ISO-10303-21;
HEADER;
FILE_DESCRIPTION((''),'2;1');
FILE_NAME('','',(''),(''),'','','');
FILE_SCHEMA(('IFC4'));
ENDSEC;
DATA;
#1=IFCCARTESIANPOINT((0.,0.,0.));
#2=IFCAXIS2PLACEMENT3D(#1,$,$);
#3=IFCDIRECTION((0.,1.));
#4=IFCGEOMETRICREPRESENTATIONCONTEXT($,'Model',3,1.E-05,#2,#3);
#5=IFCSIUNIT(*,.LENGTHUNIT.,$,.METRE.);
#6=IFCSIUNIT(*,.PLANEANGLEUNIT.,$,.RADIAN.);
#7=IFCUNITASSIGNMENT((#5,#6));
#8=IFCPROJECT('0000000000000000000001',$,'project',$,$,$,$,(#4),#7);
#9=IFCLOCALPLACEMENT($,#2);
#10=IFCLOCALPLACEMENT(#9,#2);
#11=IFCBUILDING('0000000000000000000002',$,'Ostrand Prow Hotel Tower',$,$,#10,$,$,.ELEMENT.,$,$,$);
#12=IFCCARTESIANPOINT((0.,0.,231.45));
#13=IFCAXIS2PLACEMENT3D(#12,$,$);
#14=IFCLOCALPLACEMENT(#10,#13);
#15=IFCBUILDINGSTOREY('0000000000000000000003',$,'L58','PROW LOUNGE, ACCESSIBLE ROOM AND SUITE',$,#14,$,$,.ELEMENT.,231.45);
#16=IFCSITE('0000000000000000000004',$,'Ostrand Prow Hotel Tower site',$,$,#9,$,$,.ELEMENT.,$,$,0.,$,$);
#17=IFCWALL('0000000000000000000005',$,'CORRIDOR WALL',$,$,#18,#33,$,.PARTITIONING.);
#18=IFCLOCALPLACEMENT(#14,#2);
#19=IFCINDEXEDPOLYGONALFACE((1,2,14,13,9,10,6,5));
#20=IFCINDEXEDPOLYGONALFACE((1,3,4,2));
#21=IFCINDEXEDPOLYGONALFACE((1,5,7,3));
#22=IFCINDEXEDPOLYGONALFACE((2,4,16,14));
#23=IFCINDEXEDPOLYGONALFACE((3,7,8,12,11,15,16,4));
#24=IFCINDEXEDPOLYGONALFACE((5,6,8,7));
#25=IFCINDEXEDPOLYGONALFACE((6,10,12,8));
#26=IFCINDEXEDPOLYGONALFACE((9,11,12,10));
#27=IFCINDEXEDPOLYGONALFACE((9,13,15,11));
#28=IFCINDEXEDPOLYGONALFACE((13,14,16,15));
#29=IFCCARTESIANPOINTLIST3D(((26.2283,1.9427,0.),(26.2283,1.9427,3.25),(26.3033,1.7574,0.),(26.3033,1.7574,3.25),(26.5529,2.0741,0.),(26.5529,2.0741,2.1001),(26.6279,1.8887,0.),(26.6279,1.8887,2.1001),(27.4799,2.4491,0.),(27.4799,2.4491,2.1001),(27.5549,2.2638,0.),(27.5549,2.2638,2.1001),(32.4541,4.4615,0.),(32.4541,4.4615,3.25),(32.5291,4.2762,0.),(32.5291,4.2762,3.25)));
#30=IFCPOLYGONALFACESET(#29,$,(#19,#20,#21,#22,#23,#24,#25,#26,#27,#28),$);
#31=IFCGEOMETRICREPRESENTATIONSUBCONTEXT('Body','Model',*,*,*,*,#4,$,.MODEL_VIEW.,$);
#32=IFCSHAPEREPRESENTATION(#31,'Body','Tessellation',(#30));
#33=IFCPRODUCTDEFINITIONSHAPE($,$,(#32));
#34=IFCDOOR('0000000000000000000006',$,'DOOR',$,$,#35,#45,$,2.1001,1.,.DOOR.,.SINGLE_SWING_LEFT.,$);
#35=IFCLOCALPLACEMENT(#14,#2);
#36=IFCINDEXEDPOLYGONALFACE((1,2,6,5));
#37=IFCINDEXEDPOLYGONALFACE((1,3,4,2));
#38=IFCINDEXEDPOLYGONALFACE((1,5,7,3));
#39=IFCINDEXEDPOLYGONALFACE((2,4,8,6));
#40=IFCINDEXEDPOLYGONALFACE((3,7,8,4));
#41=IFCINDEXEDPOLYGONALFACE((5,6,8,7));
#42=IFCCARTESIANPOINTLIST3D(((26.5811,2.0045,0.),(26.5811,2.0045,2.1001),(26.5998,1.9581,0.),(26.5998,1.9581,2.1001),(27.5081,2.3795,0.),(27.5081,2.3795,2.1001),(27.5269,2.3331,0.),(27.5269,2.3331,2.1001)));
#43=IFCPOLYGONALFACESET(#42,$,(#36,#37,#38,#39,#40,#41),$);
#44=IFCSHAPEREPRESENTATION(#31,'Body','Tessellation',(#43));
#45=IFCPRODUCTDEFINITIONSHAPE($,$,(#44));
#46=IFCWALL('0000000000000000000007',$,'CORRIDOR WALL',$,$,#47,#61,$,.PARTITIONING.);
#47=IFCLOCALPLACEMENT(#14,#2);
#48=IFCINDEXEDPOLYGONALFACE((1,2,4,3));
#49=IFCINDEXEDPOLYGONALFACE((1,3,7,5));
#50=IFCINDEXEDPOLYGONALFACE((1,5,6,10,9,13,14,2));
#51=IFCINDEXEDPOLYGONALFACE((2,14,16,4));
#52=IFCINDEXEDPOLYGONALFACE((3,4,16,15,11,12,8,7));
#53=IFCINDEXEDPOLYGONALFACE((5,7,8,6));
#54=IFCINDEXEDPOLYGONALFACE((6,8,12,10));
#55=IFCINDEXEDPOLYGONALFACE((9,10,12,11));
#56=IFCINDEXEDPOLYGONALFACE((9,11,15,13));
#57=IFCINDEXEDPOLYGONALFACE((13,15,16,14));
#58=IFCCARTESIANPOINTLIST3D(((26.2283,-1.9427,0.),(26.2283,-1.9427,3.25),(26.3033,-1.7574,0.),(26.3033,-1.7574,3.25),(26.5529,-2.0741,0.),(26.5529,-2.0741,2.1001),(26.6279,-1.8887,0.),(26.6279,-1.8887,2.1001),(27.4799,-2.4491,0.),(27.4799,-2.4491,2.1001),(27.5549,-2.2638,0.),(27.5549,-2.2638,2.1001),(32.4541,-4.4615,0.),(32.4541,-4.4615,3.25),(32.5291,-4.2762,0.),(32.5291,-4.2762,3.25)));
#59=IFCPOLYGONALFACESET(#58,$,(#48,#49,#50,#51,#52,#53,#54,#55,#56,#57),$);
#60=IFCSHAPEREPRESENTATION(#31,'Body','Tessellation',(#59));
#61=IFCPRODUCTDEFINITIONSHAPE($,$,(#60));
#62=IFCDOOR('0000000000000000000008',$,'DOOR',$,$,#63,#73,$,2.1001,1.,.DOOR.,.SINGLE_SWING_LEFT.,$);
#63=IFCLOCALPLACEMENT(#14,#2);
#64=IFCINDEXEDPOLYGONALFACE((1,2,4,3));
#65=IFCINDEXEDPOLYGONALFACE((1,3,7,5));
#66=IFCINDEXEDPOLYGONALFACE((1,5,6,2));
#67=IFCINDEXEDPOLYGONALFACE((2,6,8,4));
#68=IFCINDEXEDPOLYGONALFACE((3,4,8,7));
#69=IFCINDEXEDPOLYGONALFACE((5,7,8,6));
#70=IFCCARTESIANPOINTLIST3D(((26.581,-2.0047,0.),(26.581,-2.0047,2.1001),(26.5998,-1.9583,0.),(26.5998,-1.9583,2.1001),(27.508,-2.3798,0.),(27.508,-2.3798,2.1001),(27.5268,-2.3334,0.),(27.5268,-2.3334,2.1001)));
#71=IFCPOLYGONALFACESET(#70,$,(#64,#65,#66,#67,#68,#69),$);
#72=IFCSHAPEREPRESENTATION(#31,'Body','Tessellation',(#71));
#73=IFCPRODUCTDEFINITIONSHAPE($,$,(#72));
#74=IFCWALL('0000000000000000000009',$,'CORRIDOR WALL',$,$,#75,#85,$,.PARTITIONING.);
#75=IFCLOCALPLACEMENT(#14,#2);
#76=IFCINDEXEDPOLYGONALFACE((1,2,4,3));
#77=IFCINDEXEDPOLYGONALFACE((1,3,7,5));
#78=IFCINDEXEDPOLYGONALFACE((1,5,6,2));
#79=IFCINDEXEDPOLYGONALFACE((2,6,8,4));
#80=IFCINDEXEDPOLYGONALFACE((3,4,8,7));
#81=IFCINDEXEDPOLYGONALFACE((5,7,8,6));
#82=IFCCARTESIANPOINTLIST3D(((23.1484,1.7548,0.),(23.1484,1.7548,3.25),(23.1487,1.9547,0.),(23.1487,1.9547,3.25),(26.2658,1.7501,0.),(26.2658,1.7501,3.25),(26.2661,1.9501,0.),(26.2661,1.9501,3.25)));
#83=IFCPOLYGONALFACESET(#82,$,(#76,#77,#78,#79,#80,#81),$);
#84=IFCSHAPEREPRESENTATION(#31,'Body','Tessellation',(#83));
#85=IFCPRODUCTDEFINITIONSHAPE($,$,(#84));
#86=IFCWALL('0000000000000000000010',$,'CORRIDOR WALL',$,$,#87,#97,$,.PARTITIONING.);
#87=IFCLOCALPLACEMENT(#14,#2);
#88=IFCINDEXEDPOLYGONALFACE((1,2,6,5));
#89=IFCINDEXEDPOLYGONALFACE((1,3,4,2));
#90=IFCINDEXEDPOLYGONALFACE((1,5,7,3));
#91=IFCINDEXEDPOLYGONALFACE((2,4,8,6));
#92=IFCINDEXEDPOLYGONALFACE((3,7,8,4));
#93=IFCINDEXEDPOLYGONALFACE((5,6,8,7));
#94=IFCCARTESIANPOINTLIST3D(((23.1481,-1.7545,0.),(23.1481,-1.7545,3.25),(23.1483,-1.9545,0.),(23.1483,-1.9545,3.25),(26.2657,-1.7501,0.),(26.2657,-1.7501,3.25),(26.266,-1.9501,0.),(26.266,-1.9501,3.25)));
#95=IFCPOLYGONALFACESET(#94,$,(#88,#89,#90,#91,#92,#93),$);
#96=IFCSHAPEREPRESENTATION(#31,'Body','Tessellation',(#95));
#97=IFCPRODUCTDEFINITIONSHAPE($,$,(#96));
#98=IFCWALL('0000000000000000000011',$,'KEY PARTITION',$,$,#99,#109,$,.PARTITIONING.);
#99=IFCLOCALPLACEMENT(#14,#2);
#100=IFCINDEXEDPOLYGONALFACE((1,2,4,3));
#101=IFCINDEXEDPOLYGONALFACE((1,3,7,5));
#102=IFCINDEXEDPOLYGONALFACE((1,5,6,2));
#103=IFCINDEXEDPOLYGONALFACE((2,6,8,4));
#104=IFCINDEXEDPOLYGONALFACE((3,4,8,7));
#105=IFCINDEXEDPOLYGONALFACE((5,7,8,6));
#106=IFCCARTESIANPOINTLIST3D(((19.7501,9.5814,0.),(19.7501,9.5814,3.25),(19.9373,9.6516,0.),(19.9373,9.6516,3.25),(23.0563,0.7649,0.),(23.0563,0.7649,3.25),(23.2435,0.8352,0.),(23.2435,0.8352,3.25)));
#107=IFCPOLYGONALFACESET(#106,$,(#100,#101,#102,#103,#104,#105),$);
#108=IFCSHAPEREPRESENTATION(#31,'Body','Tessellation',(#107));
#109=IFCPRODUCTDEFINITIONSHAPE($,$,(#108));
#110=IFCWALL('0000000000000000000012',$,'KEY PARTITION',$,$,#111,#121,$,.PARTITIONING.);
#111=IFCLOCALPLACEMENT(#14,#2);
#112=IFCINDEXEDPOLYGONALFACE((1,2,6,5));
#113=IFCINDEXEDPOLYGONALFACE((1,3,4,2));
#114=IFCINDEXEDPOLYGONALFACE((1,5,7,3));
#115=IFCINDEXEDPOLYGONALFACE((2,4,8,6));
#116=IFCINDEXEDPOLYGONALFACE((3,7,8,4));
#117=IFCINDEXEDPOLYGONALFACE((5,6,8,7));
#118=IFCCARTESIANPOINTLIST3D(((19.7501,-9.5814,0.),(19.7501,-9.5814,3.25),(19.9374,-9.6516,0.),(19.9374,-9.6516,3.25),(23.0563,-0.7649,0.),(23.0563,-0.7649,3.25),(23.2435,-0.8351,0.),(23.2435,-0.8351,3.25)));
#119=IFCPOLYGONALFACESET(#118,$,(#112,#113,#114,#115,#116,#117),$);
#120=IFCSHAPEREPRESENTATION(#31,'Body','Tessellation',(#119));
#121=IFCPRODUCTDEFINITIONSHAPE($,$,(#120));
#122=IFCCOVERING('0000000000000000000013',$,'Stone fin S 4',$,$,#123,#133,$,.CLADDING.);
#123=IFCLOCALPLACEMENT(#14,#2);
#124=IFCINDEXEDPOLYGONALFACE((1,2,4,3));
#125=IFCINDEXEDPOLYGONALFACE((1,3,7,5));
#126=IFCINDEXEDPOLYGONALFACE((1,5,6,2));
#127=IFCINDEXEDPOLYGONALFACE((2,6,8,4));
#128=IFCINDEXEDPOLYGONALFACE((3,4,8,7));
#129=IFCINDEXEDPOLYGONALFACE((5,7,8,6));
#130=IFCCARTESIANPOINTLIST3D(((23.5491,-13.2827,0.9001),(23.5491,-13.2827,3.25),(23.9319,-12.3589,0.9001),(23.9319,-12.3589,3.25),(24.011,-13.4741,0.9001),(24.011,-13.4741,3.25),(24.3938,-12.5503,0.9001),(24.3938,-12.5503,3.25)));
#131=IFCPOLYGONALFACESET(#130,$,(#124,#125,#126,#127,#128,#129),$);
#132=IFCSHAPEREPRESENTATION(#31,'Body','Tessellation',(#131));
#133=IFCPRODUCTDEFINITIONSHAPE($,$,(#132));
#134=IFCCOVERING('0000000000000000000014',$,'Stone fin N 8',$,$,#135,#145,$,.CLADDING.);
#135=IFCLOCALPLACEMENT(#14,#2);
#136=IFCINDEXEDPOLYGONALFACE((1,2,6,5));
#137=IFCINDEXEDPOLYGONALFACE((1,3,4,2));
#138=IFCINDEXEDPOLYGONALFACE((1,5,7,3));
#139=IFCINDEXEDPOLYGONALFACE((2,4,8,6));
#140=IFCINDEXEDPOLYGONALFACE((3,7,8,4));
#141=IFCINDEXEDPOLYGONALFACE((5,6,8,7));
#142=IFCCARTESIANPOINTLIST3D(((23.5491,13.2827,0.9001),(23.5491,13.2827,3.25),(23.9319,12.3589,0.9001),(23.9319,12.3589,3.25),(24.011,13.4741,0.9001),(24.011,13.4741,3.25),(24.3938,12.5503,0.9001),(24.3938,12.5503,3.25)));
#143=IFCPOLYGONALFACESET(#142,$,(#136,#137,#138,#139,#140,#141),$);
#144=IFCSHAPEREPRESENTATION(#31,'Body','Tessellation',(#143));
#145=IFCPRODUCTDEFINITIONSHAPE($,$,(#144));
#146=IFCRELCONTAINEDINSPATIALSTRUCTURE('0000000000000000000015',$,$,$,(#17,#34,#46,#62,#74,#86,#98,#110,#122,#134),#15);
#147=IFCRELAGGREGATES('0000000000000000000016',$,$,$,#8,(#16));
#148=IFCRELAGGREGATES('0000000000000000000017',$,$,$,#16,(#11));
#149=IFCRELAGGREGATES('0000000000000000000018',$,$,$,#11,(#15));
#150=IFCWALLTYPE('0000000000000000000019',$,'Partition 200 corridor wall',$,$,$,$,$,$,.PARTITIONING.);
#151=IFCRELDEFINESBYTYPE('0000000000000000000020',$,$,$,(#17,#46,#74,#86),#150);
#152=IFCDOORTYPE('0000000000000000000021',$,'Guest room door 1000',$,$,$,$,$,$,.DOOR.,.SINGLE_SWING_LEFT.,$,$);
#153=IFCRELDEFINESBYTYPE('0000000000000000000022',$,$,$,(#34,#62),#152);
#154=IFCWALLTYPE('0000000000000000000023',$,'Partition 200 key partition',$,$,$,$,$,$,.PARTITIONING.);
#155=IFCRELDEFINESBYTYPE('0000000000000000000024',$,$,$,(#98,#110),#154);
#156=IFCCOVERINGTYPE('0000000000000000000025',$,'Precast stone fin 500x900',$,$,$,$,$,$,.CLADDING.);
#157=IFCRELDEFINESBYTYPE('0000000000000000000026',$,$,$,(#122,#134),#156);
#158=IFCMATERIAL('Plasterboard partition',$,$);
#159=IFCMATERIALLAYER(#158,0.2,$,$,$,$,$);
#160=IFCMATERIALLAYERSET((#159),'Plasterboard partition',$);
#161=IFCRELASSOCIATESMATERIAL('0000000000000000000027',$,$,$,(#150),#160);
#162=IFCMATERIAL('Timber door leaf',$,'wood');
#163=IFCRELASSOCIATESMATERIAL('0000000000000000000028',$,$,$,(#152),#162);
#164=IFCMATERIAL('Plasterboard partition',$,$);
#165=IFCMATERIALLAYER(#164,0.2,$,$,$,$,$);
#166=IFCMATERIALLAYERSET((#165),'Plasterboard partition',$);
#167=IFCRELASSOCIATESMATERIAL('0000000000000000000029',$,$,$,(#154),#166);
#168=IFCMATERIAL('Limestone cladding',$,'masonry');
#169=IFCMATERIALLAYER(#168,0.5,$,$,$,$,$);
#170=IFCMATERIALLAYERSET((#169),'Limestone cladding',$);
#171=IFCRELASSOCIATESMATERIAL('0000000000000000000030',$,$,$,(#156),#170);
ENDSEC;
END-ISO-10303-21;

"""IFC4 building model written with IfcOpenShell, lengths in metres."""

from ifc_helpers import new_model, si_unit, direction, frame, frame_2d, origin, place, context, subcontext, project, spatial, rectangle, extrude, material, layer, layer_set, type_object, element, fill, save


model = new_model("IFC4")

# Units and contexts
model_context = context("Model", 3, precision=1e-05, world=origin(), true_north=direction((0.0, 1.0)))
body_context = subcontext(model_context, "Body", "Model", "MODEL_VIEW")
ifc_project = project(units=[si_unit("LENGTHUNIT", "METRE"), si_unit("PLANEANGLEUNIT", "RADIAN")], contexts=[model_context])

# Site, building, storey
site_placement = place(None, origin())
site = spatial("IfcSite", under=ifc_project, at=site_placement, Name="Ostrand Prow Hotel Tower site", CompositionType="ELEMENT", RefElevation=0.0)
building_placement = place(site_placement, origin())
building = spatial("IfcBuilding", under=site, at=building_placement, Name="Ostrand Prow Hotel Tower", CompositionType="ELEMENT")
storey_placement = place(building_placement, frame((0.0, 0.0, 231.45)))
storey = spatial("IfcBuildingStorey", under=building, at=storey_placement, Name="L58", Description="PROW LOUNGE, ACCESSIBLE ROOM AND SUITE", CompositionType="ELEMENT", Elevation=231.45)

# Walls, openings, doors
ifc_material_1 = material(Name="Plasterboard partition")
ifc_layer_1 = layer(ifc_material_1, 0.2)
ifc_layer_set_1 = layer_set([ifc_layer_1], Name="Plasterboard partition")
wall_type_1 = type_object("IfcWallType", Name="Partition 200 corridor wall", PredefinedType="PARTITIONING", material=ifc_layer_set_1)
wall_1_placement = place(storey_placement, frame((26.2659, 1.8501, 0.0), z_axis=(0.0, 0.0, 1.0), x_axis=(0.927008, 0.375042, 0.0)))
wall_1 = element("IfcWall", 1, at=wall_1_placement, inside=storey, type_object=wall_type_1, Name="CORRIDOR WALL", PredefinedType="PARTITIONING", context=body_context, shape_type="SweptSolid", body=[
    extrude(rectangle(XDim=6.7161, YDim=0.2, at=frame_2d((3.3579, 0.0))), origin(), (0.0, 0.0, 1.0), 3.25),
])
opening_1_placement = place(wall_1_placement, frame((0.3501, 0.0, 0.0)))
opening_1 = element("IfcOpeningElement", 2, at=opening_1_placement, cuts=wall_1, PredefinedType="OPENING", context=body_context, shape_type="SweptSolid", body=[
    extrude(rectangle(XDim=1.0, YDim=2.1001, at=frame_2d((0.5, 1.05))), frame((0.0, 0.1099, 0.0), z_axis=(0.0, -1.0, 0.0), x_axis=(1.0, 0.0, 0.0)), (0.0, 0.0, 1.0), 0.22),
])
ifc_material_2 = material(Name="Timber door leaf", Category="wood")
door_type = type_object("IfcDoorType", Name="Guest room door 1000", OperationType="SINGLE_SWING_LEFT", PredefinedType="DOOR", material=ifc_material_2)
door_1_placement = place(opening_1_placement, origin())
door_1 = element("IfcDoor", 3, at=door_1_placement, inside=storey, type_object=door_type, Name="DOOR", OperationType="SINGLE_SWING_LEFT", OverallHeight=2.1001, OverallWidth=1.0, PredefinedType="DOOR", context=body_context, shape_type="SweptSolid", body=[
    extrude(rectangle(XDim=1.0, YDim=2.1001, at=frame_2d((0.5, 1.05))), frame((0.0, 0.0249, 0.0), z_axis=(0.0, -1.0, 0.0), x_axis=(1.0, 0.0, 0.0)), (0.0, 0.0, 1.0), 0.05),
])
fill(opening_1, door_1)
wall_2_placement = place(storey_placement, frame((26.2659, -1.8501, 0.0), z_axis=(0.0, 0.0, 1.0), x_axis=(0.927008, -0.375042, 0.0)))
wall_2 = element("IfcWall", 4, at=wall_2_placement, inside=storey, type_object=wall_type_1, Name="CORRIDOR WALL", PredefinedType="PARTITIONING", context=body_context, shape_type="SweptSolid", body=[
    extrude(rectangle(XDim=6.7161, YDim=0.2, at=frame_2d((3.3579, 0.0))), origin(), (0.0, 0.0, 1.0), 3.25),
])
opening_2_placement = place(wall_2_placement, frame((0.3501, 0.0, 0.0)))
opening_2 = element("IfcOpeningElement", 5, at=opening_2_placement, cuts=wall_2, PredefinedType="OPENING", context=body_context, shape_type="SweptSolid", body=[
    extrude(rectangle(XDim=1.0, YDim=2.1001, at=frame_2d((0.5, 1.05))), frame((0.0, 0.1099, 0.0), z_axis=(0.0, -1.0, 0.0), x_axis=(1.0, 0.0, 0.0)), (0.0, 0.0, 1.0), 0.22),
])
door_2_placement = place(opening_2_placement, origin())
door_2 = element("IfcDoor", 6, at=door_2_placement, inside=storey, type_object=door_type, Name="DOOR", OperationType="SINGLE_SWING_LEFT", OverallHeight=2.1001, OverallWidth=1.0, PredefinedType="DOOR", context=body_context, shape_type="SweptSolid", body=[
    extrude(rectangle(XDim=1.0, YDim=2.1001, at=frame_2d((0.5, 1.05))), frame((0.0, 0.0249, 0.0), z_axis=(0.0, -1.0, 0.0), x_axis=(1.0, 0.0, 0.0)), (0.0, 0.0, 1.0), 0.05),
])
fill(opening_2, door_2)

# Walls
wall_3_placement = place(storey_placement, frame((26.2659, 1.8501, 0.0), z_axis=(0.0, 0.0, 1.0), x_axis=(-0.999999, 0.001488, 0.0)))
element("IfcWall", 7, at=wall_3_placement, inside=storey, type_object=wall_type_1, Name="CORRIDOR WALL", PredefinedType="PARTITIONING", context=body_context, shape_type="SweptSolid", body=[
    extrude(rectangle(XDim=3.1174, YDim=0.2, at=frame_2d((1.5586, 0.0))), origin(), (0.0, 0.0, 1.0), 3.25),
])
wall_4_placement = place(storey_placement, frame((23.1482, -1.8545, 0.0), z_axis=(0.0, 0.0, 1.0), x_axis=(0.999999, 0.00141, 0.0)))
element("IfcWall", 8, at=wall_4_placement, inside=storey, type_object=wall_type_1, Name="CORRIDOR WALL", PredefinedType="PARTITIONING", context=body_context, shape_type="SweptSolid", body=[
    extrude(rectangle(XDim=3.1177, YDim=0.2, at=frame_2d((1.5588, 0.0))), origin(), (0.0, 0.0, 1.0), 3.25),
])
ifc_material_3 = material(Name="Plasterboard partition")
ifc_layer_2 = layer(ifc_material_3, 0.2)
ifc_layer_set_2 = layer_set([ifc_layer_2], Name="Plasterboard partition")
wall_type_2 = type_object("IfcWallType", Name="Partition 200 key partition", PredefinedType="PARTITIONING", material=ifc_layer_set_2)
for number, where, z_axis, x_axis, name in (
    (9, (23.1499, 0.8, 0.0), (0.0, 0.0, 1.0), (-0.351123, 0.936329, 0.0), "KEY PARTITION"),
    (10, (19.8438, -9.6165, 0.0), (0.0, 0.0, 1.0), (0.351123, 0.936329, 0.0), "KEY PARTITION"),
):
    element("IfcWall", number, at=place(storey_placement, frame(where, z_axis=z_axis, x_axis=x_axis)), inside=storey, type_object=wall_type_2, Name=name, PredefinedType="PARTITIONING", context=body_context, shape_type="SweptSolid", body=[
        extrude(rectangle(XDim=9.416, YDim=0.2, at=frame_2d((4.708, 0.0))), origin(), (0.0, 0.0, 1.0), 3.25),
    ])

# Coverings
ifc_material_4 = material(Name="Limestone cladding", Category="masonry")
ifc_layer_3 = layer(ifc_material_4, 0.5)
ifc_layer_set_3 = layer_set([ifc_layer_3], Name="Limestone cladding")
covering_type = type_object("IfcCoveringType", Name="Precast stone fin 500x900", PredefinedType="CLADDING", material=ifc_layer_set_3)
for number, where, z_axis, x_axis, name in (
    (11, (24.1628, -12.4546, 0.9001), (0.0, 0.0, 1.0), (-0.382812, -0.923826, 0.0), "Stone fin S 4"),
    (12, (24.1628, 12.4546, 0.9001), (0.0, 0.0, 1.0), (-0.382812, 0.923826, 0.0), "Stone fin N 8"),
):
    element("IfcCovering", number, at=place(storey_placement, frame(where, z_axis=z_axis, x_axis=x_axis)), inside=storey, type_object=covering_type, Name=name, PredefinedType="CLADDING", context=body_context, shape_type="SweptSolid", body=[
        extrude(rectangle(XDim=1.0, YDim=0.5, at=frame_2d((0.5, 0.0))), origin(), (0.0, 0.0, 1.0), 2.3499),
    ])

save(model, "model.ifc")
